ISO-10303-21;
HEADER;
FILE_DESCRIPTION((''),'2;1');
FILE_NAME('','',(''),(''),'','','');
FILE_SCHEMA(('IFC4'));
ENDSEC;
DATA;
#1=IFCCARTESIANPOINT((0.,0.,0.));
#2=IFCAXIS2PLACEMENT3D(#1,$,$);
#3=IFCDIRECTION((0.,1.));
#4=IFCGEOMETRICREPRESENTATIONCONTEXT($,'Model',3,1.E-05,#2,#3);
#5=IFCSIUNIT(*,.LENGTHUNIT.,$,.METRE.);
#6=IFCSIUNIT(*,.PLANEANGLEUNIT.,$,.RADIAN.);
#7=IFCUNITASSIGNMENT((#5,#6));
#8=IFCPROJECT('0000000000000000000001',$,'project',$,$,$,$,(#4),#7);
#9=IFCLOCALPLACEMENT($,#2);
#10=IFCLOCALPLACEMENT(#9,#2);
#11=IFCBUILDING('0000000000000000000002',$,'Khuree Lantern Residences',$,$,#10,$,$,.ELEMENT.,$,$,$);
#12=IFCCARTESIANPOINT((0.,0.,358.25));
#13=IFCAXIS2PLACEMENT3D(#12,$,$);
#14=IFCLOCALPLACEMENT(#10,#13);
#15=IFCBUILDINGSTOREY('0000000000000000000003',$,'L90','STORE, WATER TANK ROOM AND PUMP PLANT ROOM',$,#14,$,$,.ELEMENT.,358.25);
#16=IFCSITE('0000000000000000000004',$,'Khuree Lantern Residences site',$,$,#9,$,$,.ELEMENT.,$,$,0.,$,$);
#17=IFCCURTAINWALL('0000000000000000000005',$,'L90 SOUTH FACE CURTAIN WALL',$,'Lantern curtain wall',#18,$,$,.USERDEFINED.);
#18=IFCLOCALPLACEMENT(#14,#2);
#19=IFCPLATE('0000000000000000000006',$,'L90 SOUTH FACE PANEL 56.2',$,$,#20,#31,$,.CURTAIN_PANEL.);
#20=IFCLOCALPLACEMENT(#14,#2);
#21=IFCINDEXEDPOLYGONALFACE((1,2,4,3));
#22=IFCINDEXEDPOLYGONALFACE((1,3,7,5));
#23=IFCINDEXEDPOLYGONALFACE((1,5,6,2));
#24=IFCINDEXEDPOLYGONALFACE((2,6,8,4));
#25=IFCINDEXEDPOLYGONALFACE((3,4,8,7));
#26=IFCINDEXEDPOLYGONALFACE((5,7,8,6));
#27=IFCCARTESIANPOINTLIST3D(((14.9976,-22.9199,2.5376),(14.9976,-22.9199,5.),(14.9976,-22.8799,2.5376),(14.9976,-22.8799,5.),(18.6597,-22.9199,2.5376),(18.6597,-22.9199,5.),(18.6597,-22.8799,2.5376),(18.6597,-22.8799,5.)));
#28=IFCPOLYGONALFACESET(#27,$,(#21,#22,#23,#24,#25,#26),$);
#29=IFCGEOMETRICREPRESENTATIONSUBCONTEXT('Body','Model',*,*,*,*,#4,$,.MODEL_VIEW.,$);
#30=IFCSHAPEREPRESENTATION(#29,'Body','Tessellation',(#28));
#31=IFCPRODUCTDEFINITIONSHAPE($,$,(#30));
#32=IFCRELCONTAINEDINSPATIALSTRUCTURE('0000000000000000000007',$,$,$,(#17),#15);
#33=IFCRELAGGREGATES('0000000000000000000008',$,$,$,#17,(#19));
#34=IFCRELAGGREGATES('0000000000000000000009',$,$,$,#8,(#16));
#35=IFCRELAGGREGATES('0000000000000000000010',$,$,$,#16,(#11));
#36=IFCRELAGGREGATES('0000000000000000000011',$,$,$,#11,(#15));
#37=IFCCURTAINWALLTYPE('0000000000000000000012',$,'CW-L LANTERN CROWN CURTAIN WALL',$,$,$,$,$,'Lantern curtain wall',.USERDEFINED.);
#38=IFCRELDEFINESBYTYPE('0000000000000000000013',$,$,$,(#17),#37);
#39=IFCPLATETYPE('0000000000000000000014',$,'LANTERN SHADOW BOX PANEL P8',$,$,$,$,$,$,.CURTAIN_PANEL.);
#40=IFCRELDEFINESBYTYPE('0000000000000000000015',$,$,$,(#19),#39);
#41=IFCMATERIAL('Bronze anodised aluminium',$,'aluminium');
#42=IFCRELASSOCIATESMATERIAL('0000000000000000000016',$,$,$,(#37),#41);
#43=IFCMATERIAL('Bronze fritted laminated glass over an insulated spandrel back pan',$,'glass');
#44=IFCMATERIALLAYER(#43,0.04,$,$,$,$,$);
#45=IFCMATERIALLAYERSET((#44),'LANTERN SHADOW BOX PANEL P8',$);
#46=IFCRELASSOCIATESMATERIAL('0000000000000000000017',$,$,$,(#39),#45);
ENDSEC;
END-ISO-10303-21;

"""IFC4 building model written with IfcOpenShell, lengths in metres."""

from ifc_helpers import new_model, si_unit, direction, frame, origin, origin_2d, place, context, subcontext, project, spatial, rectangle, extrude, material, layer, layer_set, type_object, element, aggregate, save


model = new_model("IFC4")

# Units and contexts
model_context = context("Model", 3, precision=1e-05, world=origin(), true_north=direction((0.0, 1.0)))
body_context = subcontext(model_context, "Body", "Model", "MODEL_VIEW")
ifc_project = project(units=[si_unit("LENGTHUNIT", "METRE"), si_unit("PLANEANGLEUNIT", "RADIAN")], contexts=[model_context])

# Site, building, storey
site_placement = place(None, origin())
site = spatial("IfcSite", under=ifc_project, at=site_placement, Name="Khuree Lantern Residences site", CompositionType="ELEMENT", RefElevation=0.0)
building_placement = place(site_placement, origin())
building = spatial("IfcBuilding", under=site, at=building_placement, Name="Khuree Lantern Residences", CompositionType="ELEMENT")
storey_placement = place(building_placement, frame((0.0, 0.0, 358.25)))
storey = spatial("IfcBuildingStorey", under=building, at=storey_placement, Name="L90", Description="STORE, WATER TANK ROOM AND PUMP PLANT ROOM", CompositionType="ELEMENT", Elevation=358.25)

# Shared definitions
ifc_material_1 = material(Name="Bronze anodised aluminium", Category="aluminium")
curtain_wall_type = type_object("IfcCurtainWallType", Name="CW-L LANTERN CROWN CURTAIN WALL", ElementType="Lantern curtain wall", PredefinedType="USERDEFINED", material=ifc_material_1)

# Shared definitions
ifc_material_2 = material(Name="Bronze fritted laminated glass over an insulated spandrel back pan", Category="glass")
ifc_layer = layer(ifc_material_2, 0.04)
ifc_layer_set = layer_set([ifc_layer], Name="LANTERN SHADOW BOX PANEL P8")
plate_type = type_object("IfcPlateType", Name="LANTERN SHADOW BOX PANEL P8", PredefinedType="CURTAIN_PANEL", material=ifc_layer_set)

# Curtain wall, plate
curtain_wall_1_placement = place(storey_placement, origin())
curtain_wall_1 = element("IfcCurtainWall", 1, at=curtain_wall_1_placement, inside=storey, type_object=curtain_wall_type, Name="L90 SOUTH FACE CURTAIN WALL", ObjectType="Lantern curtain wall", PredefinedType="USERDEFINED")
plate_1_placement = place(storey_placement, frame((16.8286, -22.8999, 2.5376), z_axis=(0.0, 0.0, 1.0), x_axis=(1.0, 0.0, 0.0)))
plate_1 = element("IfcPlate", 2, at=plate_1_placement, type_object=plate_type, Name="L90 SOUTH FACE PANEL 56.2", PredefinedType="CURTAIN_PANEL", context=body_context, shape_type="SweptSolid", body=[
    extrude(rectangle(XDim=3.6621, YDim=0.04, at=origin_2d()), origin(), (0.0, 0.0, 1.0), 2.4624),
])
aggregate(curtain_wall_1, [plate_1])

save(model, "model.ifc")
